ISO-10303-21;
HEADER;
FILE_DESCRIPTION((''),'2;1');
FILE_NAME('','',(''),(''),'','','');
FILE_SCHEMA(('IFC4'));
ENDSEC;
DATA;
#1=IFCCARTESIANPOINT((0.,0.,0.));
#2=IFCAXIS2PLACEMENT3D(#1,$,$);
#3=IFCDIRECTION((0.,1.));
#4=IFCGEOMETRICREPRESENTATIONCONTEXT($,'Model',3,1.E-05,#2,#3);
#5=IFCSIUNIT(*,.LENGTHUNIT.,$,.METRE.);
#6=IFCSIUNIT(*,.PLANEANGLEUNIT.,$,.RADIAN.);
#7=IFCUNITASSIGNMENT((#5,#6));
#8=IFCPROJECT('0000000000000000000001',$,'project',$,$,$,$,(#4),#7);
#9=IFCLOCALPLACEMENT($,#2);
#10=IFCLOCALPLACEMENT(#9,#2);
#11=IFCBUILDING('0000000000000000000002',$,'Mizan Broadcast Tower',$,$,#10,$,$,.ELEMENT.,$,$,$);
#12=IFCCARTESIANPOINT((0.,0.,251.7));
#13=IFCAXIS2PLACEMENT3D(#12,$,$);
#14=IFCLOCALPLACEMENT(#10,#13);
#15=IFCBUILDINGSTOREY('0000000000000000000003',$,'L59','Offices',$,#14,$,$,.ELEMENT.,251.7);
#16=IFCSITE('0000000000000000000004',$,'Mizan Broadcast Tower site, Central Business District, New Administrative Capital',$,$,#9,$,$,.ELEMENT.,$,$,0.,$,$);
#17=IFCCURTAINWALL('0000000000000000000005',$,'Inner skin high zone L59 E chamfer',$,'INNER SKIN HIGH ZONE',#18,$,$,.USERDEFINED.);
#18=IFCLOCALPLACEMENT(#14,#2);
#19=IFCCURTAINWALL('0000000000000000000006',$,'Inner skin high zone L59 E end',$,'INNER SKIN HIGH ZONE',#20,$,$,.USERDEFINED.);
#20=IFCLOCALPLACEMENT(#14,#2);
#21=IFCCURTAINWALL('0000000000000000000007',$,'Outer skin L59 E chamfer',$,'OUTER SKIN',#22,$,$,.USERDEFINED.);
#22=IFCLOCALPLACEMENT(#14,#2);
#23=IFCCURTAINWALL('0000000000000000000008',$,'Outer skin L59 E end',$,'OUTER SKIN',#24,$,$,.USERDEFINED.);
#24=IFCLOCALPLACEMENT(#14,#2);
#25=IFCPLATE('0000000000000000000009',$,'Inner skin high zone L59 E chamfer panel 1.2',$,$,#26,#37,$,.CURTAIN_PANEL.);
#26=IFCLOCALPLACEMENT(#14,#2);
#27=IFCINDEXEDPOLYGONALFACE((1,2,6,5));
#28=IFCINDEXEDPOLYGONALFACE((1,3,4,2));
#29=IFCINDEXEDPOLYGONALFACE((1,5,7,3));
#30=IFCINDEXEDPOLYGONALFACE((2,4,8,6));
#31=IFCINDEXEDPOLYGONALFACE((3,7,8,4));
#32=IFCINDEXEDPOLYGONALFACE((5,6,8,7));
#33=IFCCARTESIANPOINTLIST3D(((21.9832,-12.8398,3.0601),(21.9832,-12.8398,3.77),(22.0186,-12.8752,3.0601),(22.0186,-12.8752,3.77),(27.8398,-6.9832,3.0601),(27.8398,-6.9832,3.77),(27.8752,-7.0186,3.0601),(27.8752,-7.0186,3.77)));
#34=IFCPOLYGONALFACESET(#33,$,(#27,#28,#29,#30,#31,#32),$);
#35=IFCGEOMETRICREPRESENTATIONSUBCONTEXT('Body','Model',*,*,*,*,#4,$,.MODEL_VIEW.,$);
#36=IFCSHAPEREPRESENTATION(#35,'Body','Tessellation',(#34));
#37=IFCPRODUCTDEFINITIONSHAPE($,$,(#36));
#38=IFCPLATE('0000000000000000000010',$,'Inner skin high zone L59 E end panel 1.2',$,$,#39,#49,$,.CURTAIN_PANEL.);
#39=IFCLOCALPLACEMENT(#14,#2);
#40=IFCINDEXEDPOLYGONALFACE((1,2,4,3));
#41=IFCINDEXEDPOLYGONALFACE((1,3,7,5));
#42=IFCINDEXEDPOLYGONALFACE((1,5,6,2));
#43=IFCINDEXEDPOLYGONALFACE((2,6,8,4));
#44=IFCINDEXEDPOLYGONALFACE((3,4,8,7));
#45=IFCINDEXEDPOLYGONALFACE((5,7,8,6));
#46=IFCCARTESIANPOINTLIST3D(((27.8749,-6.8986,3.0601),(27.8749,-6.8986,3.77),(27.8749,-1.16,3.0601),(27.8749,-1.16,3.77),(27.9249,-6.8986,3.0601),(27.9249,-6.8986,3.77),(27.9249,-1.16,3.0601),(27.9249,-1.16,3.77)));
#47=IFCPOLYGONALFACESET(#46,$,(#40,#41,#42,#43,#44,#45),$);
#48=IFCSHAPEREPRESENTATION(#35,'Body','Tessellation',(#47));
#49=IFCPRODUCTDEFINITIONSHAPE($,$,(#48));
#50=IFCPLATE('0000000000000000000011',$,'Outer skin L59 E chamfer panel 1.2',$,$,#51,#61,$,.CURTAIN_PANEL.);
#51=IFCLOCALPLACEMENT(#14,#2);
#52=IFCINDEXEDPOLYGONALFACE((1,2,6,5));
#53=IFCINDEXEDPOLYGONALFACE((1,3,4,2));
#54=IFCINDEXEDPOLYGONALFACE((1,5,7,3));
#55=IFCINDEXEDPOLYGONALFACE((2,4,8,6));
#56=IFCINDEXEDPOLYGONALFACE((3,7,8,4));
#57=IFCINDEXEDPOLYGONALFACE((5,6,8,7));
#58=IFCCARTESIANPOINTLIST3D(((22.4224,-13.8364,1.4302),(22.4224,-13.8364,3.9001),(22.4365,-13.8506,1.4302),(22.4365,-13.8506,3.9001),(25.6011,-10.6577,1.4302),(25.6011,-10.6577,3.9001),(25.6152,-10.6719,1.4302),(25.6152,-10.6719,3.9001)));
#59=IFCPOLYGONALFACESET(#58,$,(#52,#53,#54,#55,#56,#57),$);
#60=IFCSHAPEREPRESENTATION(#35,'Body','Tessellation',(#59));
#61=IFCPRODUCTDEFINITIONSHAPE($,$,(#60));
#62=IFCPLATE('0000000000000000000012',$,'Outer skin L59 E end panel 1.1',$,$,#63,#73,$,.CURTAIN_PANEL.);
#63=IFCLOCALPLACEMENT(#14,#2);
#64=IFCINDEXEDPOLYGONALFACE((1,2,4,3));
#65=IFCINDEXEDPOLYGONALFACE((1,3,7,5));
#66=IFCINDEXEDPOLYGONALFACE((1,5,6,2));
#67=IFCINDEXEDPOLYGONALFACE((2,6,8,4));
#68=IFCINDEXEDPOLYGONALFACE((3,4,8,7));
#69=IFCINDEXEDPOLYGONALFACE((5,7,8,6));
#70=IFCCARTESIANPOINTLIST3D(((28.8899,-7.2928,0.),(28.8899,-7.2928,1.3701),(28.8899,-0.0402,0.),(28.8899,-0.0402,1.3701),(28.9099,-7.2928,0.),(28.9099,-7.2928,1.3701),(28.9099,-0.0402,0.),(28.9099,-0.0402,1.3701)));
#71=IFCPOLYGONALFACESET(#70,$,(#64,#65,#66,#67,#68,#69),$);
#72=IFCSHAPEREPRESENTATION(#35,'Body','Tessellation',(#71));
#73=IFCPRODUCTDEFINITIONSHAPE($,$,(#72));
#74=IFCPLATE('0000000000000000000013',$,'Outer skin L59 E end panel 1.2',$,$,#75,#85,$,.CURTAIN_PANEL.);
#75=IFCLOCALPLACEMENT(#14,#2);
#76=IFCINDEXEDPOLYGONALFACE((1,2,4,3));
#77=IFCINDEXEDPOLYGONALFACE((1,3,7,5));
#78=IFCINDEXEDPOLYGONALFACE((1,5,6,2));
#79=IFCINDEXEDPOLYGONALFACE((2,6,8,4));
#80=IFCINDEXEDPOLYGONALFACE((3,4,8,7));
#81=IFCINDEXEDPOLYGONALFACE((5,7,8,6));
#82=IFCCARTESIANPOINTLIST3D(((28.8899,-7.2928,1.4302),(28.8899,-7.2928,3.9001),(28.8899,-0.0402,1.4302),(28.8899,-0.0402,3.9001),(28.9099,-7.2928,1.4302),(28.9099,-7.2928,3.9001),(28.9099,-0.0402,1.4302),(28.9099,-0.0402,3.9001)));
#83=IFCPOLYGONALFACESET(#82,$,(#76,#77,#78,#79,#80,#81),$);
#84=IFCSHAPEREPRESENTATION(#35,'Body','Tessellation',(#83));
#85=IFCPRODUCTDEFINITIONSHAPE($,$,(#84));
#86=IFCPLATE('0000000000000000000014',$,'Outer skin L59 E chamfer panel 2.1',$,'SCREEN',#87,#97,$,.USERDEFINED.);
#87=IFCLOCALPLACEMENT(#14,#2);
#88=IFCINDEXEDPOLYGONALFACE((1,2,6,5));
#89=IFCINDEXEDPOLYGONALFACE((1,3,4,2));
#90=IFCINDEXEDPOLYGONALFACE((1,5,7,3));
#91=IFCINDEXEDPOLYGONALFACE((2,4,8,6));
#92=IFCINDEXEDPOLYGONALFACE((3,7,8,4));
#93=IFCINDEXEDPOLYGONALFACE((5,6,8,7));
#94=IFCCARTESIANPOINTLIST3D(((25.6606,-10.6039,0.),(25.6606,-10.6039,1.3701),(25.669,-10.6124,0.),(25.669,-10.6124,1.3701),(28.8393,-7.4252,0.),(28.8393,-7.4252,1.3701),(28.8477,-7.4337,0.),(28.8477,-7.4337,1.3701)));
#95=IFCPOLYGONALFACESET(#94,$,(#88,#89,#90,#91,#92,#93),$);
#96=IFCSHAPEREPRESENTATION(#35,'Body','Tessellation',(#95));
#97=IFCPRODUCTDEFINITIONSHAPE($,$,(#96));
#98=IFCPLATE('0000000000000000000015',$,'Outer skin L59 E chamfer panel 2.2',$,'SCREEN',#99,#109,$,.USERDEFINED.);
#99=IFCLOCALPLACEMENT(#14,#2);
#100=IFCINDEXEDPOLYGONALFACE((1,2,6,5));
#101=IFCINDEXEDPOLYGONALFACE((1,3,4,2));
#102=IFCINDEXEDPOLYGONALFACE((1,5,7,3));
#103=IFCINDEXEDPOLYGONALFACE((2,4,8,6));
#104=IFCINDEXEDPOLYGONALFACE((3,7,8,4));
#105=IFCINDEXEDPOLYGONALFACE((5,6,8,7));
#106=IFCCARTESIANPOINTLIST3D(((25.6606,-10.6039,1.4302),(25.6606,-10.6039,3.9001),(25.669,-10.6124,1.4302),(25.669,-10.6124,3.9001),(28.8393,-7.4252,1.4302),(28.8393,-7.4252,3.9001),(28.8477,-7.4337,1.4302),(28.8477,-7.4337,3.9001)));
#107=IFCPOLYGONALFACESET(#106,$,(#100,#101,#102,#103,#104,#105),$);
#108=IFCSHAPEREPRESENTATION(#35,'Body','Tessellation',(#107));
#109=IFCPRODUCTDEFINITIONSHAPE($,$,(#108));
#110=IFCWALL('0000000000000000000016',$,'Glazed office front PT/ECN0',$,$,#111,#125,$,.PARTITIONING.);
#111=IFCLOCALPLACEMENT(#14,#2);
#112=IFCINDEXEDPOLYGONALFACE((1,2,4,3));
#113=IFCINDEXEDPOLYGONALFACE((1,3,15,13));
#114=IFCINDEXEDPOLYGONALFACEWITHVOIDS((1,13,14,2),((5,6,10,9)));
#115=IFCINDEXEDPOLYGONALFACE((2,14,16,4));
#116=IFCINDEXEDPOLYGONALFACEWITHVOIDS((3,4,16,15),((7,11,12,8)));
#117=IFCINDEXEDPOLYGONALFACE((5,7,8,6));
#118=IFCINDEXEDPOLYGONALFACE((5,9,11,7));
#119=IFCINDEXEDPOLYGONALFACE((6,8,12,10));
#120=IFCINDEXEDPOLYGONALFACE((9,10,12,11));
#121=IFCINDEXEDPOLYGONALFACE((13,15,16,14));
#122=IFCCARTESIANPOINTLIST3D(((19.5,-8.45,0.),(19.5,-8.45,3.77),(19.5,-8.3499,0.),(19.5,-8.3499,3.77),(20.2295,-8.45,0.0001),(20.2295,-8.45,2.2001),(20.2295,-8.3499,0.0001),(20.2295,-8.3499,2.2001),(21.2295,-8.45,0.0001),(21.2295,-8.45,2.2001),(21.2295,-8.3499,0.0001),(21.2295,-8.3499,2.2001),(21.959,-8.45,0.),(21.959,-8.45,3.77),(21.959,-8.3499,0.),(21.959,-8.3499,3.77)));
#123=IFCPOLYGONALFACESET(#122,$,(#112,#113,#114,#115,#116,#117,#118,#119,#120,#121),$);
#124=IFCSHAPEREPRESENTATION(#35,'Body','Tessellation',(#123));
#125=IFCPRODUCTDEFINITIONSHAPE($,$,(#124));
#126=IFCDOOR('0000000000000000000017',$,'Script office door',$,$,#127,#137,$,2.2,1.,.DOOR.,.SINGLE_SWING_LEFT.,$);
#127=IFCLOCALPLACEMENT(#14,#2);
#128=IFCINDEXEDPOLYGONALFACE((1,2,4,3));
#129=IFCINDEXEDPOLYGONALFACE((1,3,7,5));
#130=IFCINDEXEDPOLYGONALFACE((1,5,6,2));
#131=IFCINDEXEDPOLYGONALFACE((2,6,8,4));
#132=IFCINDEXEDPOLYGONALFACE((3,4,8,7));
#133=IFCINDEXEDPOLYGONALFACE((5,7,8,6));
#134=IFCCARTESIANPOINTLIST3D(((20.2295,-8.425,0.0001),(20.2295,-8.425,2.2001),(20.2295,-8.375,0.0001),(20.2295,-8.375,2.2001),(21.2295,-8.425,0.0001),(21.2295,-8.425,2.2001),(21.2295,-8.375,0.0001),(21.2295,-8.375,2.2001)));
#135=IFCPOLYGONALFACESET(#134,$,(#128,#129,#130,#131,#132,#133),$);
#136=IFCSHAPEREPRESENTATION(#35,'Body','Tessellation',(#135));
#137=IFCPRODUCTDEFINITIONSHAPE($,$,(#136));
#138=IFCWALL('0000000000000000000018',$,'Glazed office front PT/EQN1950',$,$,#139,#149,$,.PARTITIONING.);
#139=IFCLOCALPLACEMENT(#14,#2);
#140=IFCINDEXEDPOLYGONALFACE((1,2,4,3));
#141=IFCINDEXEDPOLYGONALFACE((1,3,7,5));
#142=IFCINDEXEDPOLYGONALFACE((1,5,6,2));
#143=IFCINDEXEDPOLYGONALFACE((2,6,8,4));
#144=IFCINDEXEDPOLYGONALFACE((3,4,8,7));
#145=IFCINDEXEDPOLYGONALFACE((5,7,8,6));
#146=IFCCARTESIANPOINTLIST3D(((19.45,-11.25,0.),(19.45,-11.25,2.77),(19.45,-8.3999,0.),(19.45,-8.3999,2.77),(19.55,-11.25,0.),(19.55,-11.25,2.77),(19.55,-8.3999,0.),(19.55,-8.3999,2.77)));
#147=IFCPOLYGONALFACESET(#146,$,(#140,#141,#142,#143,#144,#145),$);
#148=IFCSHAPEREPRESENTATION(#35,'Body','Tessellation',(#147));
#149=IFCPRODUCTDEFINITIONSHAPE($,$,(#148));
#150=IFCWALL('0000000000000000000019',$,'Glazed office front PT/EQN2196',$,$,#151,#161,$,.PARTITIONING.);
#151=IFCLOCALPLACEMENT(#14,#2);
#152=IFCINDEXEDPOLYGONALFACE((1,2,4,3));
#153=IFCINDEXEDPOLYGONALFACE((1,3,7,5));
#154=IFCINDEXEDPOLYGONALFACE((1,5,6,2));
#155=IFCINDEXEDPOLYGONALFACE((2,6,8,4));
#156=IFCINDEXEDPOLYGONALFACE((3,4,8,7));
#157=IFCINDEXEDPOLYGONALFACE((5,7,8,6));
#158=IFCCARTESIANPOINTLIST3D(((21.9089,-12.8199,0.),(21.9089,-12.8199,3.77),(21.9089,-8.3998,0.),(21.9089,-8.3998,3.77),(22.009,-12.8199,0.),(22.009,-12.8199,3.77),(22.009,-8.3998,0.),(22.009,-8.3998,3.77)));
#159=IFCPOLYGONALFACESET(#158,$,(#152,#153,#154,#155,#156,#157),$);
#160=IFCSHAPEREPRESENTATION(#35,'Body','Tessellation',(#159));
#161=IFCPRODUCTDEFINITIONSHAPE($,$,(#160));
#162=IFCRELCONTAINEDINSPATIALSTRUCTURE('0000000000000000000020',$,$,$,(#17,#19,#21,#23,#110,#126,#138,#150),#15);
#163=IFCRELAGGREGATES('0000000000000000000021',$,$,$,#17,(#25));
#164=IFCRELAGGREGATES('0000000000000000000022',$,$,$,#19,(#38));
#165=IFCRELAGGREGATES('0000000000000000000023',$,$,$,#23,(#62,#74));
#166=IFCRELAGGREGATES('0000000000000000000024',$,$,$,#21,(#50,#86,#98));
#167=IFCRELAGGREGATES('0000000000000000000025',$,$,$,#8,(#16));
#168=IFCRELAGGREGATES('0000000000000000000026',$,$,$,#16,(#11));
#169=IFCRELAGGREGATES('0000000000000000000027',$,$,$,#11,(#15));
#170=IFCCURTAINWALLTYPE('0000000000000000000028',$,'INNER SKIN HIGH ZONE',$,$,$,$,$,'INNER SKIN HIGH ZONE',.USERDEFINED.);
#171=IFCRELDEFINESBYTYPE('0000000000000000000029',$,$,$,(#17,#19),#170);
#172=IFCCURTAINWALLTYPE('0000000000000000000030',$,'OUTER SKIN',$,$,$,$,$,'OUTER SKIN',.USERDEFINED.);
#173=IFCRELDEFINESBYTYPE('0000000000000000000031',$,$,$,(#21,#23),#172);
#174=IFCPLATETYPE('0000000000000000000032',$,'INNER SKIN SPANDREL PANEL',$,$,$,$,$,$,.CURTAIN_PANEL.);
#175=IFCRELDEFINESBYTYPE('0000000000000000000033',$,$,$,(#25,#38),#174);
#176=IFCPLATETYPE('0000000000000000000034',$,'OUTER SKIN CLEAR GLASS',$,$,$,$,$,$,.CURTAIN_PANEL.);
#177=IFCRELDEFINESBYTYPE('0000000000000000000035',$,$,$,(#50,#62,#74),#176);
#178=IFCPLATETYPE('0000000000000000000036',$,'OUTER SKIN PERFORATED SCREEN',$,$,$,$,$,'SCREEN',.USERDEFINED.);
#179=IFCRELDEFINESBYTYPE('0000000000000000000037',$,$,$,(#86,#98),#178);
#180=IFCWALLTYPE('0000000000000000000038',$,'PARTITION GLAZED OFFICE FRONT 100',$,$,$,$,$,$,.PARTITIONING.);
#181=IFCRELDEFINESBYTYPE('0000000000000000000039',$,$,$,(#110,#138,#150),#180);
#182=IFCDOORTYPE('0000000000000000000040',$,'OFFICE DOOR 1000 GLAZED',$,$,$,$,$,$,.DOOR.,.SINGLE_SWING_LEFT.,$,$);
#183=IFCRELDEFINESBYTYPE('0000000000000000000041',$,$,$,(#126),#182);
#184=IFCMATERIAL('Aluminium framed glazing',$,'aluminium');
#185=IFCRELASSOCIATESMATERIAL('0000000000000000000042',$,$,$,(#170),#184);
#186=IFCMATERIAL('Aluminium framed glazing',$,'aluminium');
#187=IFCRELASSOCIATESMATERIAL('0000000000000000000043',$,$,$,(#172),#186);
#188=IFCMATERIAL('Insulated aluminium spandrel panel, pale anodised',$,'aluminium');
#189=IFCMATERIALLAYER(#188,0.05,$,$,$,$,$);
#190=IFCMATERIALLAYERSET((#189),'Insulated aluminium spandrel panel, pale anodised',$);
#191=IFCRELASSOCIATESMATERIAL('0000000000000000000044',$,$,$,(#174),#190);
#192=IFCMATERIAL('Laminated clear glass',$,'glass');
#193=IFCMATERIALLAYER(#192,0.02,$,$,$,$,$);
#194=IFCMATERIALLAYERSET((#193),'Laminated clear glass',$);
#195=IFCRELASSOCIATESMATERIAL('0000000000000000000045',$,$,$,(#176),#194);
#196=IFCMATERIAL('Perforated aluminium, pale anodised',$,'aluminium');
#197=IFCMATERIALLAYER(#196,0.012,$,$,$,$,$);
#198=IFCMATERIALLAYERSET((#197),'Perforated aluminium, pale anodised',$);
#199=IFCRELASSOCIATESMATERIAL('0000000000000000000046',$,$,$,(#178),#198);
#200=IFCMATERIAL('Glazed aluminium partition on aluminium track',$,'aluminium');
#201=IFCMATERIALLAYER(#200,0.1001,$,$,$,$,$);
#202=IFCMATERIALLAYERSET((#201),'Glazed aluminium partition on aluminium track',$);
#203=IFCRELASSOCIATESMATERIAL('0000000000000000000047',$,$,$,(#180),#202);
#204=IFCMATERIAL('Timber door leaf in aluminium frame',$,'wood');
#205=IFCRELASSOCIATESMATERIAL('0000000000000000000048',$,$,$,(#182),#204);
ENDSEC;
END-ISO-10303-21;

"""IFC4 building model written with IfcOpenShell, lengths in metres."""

from ifc_helpers import new_model, si_unit, direction, frame, frame_2d, origin, origin_2d, place, context, subcontext, project, spatial, rectangle, extrude, material, layer, layer_set, type_object, element, fill, aggregate, save


model = new_model("IFC4")

# Units and contexts
model_context = context("Model", 3, precision=1e-05, world=origin(), true_north=direction((0.0, 1.0)))
body_context = subcontext(model_context, "Body", "Model", "MODEL_VIEW")
ifc_project = project(units=[si_unit("LENGTHUNIT", "METRE"), si_unit("PLANEANGLEUNIT", "RADIAN")], contexts=[model_context])

# Site, building, storey
site_placement = place(None, origin())
site = spatial("IfcSite", under=ifc_project, at=site_placement, Name="Mizan Broadcast Tower site, Central Business District, New Administrative Capital", CompositionType="ELEMENT", RefElevation=0.0)
building_placement = place(site_placement, origin())
building = spatial("IfcBuilding", under=site, at=building_placement, Name="Mizan Broadcast Tower", CompositionType="ELEMENT")
storey_placement = place(building_placement, frame((0.0, 0.0, 251.7)))
storey = spatial("IfcBuildingStorey", under=building, at=storey_placement, Name="L59", Description="Offices", CompositionType="ELEMENT", Elevation=251.7)

# Curtain wall
ifc_material_1 = material(Name="Aluminium framed glazing", Category="aluminium")
curtain_wall_type_1 = type_object("IfcCurtainWallType", Name="INNER SKIN HIGH ZONE", ElementType="INNER SKIN HIGH ZONE", PredefinedType="USERDEFINED", material=ifc_material_1)
curtain_wall_1_placement = place(storey_placement, origin())
curtain_wall_1 = element("IfcCurtainWall", 1, at=curtain_wall_1_placement, inside=storey, type_object=curtain_wall_type_1, Name="Inner skin high zone L59 E chamfer", ObjectType="INNER SKIN HIGH ZONE", PredefinedType="USERDEFINED")

# Curtain walls
curtain_wall_2_placement = place(storey_placement, origin())
curtain_wall_2 = element("IfcCurtainWall", 2, at=curtain_wall_2_placement, inside=storey, type_object=curtain_wall_type_1, Name="Inner skin high zone L59 E end", ObjectType="INNER SKIN HIGH ZONE", PredefinedType="USERDEFINED")
ifc_material_2 = material(Name="Aluminium framed glazing", Category="aluminium")
curtain_wall_type_2 = type_object("IfcCurtainWallType", Name="OUTER SKIN", ElementType="OUTER SKIN", PredefinedType="USERDEFINED", material=ifc_material_2)
curtain_wall_3_placement = place(storey_placement, origin())
curtain_wall_3 = element("IfcCurtainWall", 3, at=curtain_wall_3_placement, inside=storey, type_object=curtain_wall_type_2, Name="Outer skin L59 E chamfer", ObjectType="OUTER SKIN", PredefinedType="USERDEFINED")

# Curtain wall
curtain_wall_4_placement = place(storey_placement, origin())
curtain_wall_4 = element("IfcCurtainWall", 4, at=curtain_wall_4_placement, inside=storey, type_object=curtain_wall_type_2, Name="Outer skin L59 E end", ObjectType="OUTER SKIN", PredefinedType="USERDEFINED")

# Plates
ifc_material_3 = material(Name="Insulated aluminium spandrel panel, pale anodised", Category="aluminium")
ifc_layer_1 = layer(ifc_material_3, 0.05)
ifc_layer_set_1 = layer_set([ifc_layer_1], Name="Insulated aluminium spandrel panel, pale anodised")
plate_type_1 = type_object("IfcPlateType", Name="INNER SKIN SPANDREL PANEL", PredefinedType="CURTAIN_PANEL", material=ifc_layer_set_1)
plate_1_placement = place(storey_placement, frame((24.9292, -9.9292, 3.0601), z_axis=(0.0, 0.0, 1.0), x_axis=(0.707107, 0.707107, 0.0)))
plate_1 = element("IfcPlate", 5, at=plate_1_placement, type_object=plate_type_1, Name="Inner skin high zone L59 E chamfer panel 1.2", PredefinedType="CURTAIN_PANEL", context=body_context, shape_type="SweptSolid", body=[
    extrude(rectangle(XDim=8.2825, YDim=0.05, at=origin_2d()), origin(), (0.0, 0.0, 1.0), 0.71),
])
aggregate(curtain_wall_1, [plate_1])
plate_2_placement = place(storey_placement, frame((27.8999, -4.0293, 3.0601), z_axis=(0.0, 0.0, 1.0), x_axis=(0.0, 1.0, 0.0)))
plate_2 = element("IfcPlate", 6, at=plate_2_placement, type_object=plate_type_1, Name="Inner skin high zone L59 E end panel 1.2", PredefinedType="CURTAIN_PANEL", context=body_context, shape_type="SweptSolid", body=[
    extrude(rectangle(XDim=5.7385, YDim=0.05, at=origin_2d()), origin(), (0.0, 0.0, 1.0), 0.71),
])
aggregate(curtain_wall_2, [plate_2])
ifc_material_4 = material(Name="Laminated clear glass", Category="glass")
ifc_layer_2 = layer(ifc_material_4, 0.02)
ifc_layer_set_2 = layer_set([ifc_layer_2], Name="Laminated clear glass")
plate_type_2 = type_object("IfcPlateType", Name="OUTER SKIN CLEAR GLASS", PredefinedType="CURTAIN_PANEL", material=ifc_layer_set_2)
plate_3_placement = place(storey_placement, frame((24.0188, -12.2542, 1.4302), z_axis=(0.0, 0.0, 1.0), x_axis=(0.707107, 0.707107, 0.0)))
plate_3 = element("IfcPlate", 7, at=plate_3_placement, type_object=plate_type_2, Name="Outer skin L59 E chamfer panel 1.2", PredefinedType="CURTAIN_PANEL", context=body_context, shape_type="SweptSolid", body=[
    extrude(rectangle(XDim=4.4954, YDim=0.02, at=origin_2d()), origin(), (0.0, 0.0, 1.0), 2.47),
])
plate_4_placement = place(storey_placement, frame((28.8999, -3.6665, 0.0), z_axis=(0.0, 0.0, 1.0), x_axis=(0.0, 1.0, 0.0)))
plate_4 = element("IfcPlate", 8, at=plate_4_placement, type_object=plate_type_2, Name="Outer skin L59 E end panel 1.1", PredefinedType="CURTAIN_PANEL", context=body_context, shape_type="SweptSolid", body=[
    extrude(rectangle(XDim=7.2527, YDim=0.02, at=origin_2d()), origin(), (0.0, 0.0, 1.0), 1.3701),
])
plate_5_placement = place(storey_placement, frame((28.8999, -3.6665, 1.4302), z_axis=(0.0, 0.0, 1.0), x_axis=(0.0, 1.0, 0.0)))
plate_5 = element("IfcPlate", 9, at=plate_5_placement, type_object=plate_type_2, Name="Outer skin L59 E end panel 1.2", PredefinedType="CURTAIN_PANEL", context=body_context, shape_type="SweptSolid", body=[
    extrude(rectangle(XDim=7.2527, YDim=0.02, at=origin_2d()), origin(), (0.0, 0.0, 1.0), 2.47),
])
aggregate(curtain_wall_4, [plate_4, plate_5])
ifc_material_5 = material(Name="Perforated aluminium, pale anodised", Category="aluminium")
ifc_layer_3 = layer(ifc_material_5, 0.012)
ifc_layer_set_3 = layer_set([ifc_layer_3], Name="Perforated aluminium, pale anodised")
plate_type_3 = type_object("IfcPlateType", Name="OUTER SKIN PERFORATED SCREEN", ElementType="SCREEN", PredefinedType="USERDEFINED", material=ifc_layer_set_3)
plate_6_placement = place(storey_placement, frame((27.2542, -9.0188, 0.0), z_axis=(0.0, 0.0, 1.0), x_axis=(0.707107, 0.707107, 0.0)))
plate_6 = element("IfcPlate", 10, at=plate_6_placement, type_object=plate_type_3, Name="Outer skin L59 E chamfer panel 2.1", ObjectType="SCREEN", PredefinedType="USERDEFINED", context=body_context, shape_type="SweptSolid", body=[
    extrude(rectangle(XDim=4.4954, YDim=0.012, at=origin_2d()), origin(), (0.0, 0.0, 1.0), 1.3701),
])
plate_7_placement = place(storey_placement, frame((27.2542, -9.0188, 1.4302), z_axis=(0.0, 0.0, 1.0), x_axis=(0.707107, 0.707107, 0.0)))
plate_7 = element("IfcPlate", 11, at=plate_7_placement, type_object=plate_type_3, Name="Outer skin L59 E chamfer panel 2.2", ObjectType="SCREEN", PredefinedType="USERDEFINED", context=body_context, shape_type="SweptSolid", body=[
    extrude(rectangle(XDim=4.4954, YDim=0.012, at=origin_2d()), origin(), (0.0, 0.0, 1.0), 2.47),
])
aggregate(curtain_wall_3, [plate_3, plate_6, plate_7])

# Wall, opening, door
ifc_material_6 = material(Name="Glazed aluminium partition on aluminium track", Category="aluminium")
ifc_layer_4 = layer(ifc_material_6, 0.1001)
ifc_layer_set_4 = layer_set([ifc_layer_4], Name="Glazed aluminium partition on aluminium track")
wall_type = type_object("IfcWallType", Name="PARTITION GLAZED OFFICE FRONT 100", PredefinedType="PARTITIONING", material=ifc_layer_set_4)
wall_1_placement = place(storey_placement, frame((19.5, -8.3999, 0.0), z_axis=(0.0, 0.0, 1.0), x_axis=(1.0, 0.0, 0.0)))
wall_1 = element("IfcWall", 12, at=wall_1_placement, inside=storey, type_object=wall_type, Name="Glazed office front PT/ECN0", PredefinedType="PARTITIONING", context=body_context, shape_type="SweptSolid", body=[
    extrude(rectangle(XDim=2.459, YDim=0.1001, at=frame_2d((1.2295, 0.0))), origin(), (0.0, 0.0, 1.0), 3.77),
])
opening_placement = place(wall_1_placement, frame((0.7295, 0.0, 0.0)))
opening = element("IfcOpeningElement", 13, at=opening_placement, cuts=wall_1, PredefinedType="OPENING", context=body_context, shape_type="SweptSolid", body=[
    extrude(rectangle(XDim=1.0, YDim=2.2, at=frame_2d((0.5, 1.1001))), frame((0.0, 0.0601, 0.0), z_axis=(0.0, -1.0, 0.0), x_axis=(1.0, 0.0, 0.0)), (0.0, 0.0, 1.0), 0.1201),
])
ifc_material_7 = material(Name="Timber door leaf in aluminium frame", Category="wood")
door_type = type_object("IfcDoorType", Name="OFFICE DOOR 1000 GLAZED", OperationType="SINGLE_SWING_LEFT", PredefinedType="DOOR", material=ifc_material_7)
door_placement = place(opening_placement, origin())
door = element("IfcDoor", 14, at=door_placement, inside=storey, type_object=door_type, Name="Script office door", OperationType="SINGLE_SWING_LEFT", OverallHeight=2.2, OverallWidth=1.0, PredefinedType="DOOR", context=body_context, shape_type="SweptSolid", body=[
    extrude(rectangle(XDim=1.0, YDim=2.2, at=frame_2d((0.5, 1.1001))), frame((0.0, 0.0249, 0.0), z_axis=(0.0, -1.0, 0.0), x_axis=(1.0, 0.0, 0.0)), (0.0, 0.0, 1.0), 0.05),
])
fill(opening, door)

# Walls
wall_2_placement = place(storey_placement, frame((19.5, -8.3999, 0.0), z_axis=(0.0, 0.0, 1.0), x_axis=(0.0, -1.0, 0.0)))
element("IfcWall", 15, at=wall_2_placement, inside=storey, type_object=wall_type, Name="Glazed office front PT/EQN1950", PredefinedType="PARTITIONING", context=body_context, shape_type="SweptSolid", body=[
    extrude(rectangle(XDim=2.8501, YDim=0.1001, at=frame_2d((1.425, 0.0))), origin(), (0.0, 0.0, 1.0), 2.77),
])
wall_3_placement = place(storey_placement, frame((21.959, -8.3999, 0.0), z_axis=(0.0, 0.0, 1.0), x_axis=(0.0, -1.0, 0.0)))
element("IfcWall", 16, at=wall_3_placement, inside=storey, type_object=wall_type, Name="Glazed office front PT/EQN2196", PredefinedType="PARTITIONING", context=body_context, shape_type="SweptSolid", body=[
    extrude(rectangle(XDim=4.4202, YDim=0.1001, at=frame_2d((2.21, 0.0))), origin(), (0.0, 0.0, 1.0), 3.77),
])

save(model, "model.ifc")
